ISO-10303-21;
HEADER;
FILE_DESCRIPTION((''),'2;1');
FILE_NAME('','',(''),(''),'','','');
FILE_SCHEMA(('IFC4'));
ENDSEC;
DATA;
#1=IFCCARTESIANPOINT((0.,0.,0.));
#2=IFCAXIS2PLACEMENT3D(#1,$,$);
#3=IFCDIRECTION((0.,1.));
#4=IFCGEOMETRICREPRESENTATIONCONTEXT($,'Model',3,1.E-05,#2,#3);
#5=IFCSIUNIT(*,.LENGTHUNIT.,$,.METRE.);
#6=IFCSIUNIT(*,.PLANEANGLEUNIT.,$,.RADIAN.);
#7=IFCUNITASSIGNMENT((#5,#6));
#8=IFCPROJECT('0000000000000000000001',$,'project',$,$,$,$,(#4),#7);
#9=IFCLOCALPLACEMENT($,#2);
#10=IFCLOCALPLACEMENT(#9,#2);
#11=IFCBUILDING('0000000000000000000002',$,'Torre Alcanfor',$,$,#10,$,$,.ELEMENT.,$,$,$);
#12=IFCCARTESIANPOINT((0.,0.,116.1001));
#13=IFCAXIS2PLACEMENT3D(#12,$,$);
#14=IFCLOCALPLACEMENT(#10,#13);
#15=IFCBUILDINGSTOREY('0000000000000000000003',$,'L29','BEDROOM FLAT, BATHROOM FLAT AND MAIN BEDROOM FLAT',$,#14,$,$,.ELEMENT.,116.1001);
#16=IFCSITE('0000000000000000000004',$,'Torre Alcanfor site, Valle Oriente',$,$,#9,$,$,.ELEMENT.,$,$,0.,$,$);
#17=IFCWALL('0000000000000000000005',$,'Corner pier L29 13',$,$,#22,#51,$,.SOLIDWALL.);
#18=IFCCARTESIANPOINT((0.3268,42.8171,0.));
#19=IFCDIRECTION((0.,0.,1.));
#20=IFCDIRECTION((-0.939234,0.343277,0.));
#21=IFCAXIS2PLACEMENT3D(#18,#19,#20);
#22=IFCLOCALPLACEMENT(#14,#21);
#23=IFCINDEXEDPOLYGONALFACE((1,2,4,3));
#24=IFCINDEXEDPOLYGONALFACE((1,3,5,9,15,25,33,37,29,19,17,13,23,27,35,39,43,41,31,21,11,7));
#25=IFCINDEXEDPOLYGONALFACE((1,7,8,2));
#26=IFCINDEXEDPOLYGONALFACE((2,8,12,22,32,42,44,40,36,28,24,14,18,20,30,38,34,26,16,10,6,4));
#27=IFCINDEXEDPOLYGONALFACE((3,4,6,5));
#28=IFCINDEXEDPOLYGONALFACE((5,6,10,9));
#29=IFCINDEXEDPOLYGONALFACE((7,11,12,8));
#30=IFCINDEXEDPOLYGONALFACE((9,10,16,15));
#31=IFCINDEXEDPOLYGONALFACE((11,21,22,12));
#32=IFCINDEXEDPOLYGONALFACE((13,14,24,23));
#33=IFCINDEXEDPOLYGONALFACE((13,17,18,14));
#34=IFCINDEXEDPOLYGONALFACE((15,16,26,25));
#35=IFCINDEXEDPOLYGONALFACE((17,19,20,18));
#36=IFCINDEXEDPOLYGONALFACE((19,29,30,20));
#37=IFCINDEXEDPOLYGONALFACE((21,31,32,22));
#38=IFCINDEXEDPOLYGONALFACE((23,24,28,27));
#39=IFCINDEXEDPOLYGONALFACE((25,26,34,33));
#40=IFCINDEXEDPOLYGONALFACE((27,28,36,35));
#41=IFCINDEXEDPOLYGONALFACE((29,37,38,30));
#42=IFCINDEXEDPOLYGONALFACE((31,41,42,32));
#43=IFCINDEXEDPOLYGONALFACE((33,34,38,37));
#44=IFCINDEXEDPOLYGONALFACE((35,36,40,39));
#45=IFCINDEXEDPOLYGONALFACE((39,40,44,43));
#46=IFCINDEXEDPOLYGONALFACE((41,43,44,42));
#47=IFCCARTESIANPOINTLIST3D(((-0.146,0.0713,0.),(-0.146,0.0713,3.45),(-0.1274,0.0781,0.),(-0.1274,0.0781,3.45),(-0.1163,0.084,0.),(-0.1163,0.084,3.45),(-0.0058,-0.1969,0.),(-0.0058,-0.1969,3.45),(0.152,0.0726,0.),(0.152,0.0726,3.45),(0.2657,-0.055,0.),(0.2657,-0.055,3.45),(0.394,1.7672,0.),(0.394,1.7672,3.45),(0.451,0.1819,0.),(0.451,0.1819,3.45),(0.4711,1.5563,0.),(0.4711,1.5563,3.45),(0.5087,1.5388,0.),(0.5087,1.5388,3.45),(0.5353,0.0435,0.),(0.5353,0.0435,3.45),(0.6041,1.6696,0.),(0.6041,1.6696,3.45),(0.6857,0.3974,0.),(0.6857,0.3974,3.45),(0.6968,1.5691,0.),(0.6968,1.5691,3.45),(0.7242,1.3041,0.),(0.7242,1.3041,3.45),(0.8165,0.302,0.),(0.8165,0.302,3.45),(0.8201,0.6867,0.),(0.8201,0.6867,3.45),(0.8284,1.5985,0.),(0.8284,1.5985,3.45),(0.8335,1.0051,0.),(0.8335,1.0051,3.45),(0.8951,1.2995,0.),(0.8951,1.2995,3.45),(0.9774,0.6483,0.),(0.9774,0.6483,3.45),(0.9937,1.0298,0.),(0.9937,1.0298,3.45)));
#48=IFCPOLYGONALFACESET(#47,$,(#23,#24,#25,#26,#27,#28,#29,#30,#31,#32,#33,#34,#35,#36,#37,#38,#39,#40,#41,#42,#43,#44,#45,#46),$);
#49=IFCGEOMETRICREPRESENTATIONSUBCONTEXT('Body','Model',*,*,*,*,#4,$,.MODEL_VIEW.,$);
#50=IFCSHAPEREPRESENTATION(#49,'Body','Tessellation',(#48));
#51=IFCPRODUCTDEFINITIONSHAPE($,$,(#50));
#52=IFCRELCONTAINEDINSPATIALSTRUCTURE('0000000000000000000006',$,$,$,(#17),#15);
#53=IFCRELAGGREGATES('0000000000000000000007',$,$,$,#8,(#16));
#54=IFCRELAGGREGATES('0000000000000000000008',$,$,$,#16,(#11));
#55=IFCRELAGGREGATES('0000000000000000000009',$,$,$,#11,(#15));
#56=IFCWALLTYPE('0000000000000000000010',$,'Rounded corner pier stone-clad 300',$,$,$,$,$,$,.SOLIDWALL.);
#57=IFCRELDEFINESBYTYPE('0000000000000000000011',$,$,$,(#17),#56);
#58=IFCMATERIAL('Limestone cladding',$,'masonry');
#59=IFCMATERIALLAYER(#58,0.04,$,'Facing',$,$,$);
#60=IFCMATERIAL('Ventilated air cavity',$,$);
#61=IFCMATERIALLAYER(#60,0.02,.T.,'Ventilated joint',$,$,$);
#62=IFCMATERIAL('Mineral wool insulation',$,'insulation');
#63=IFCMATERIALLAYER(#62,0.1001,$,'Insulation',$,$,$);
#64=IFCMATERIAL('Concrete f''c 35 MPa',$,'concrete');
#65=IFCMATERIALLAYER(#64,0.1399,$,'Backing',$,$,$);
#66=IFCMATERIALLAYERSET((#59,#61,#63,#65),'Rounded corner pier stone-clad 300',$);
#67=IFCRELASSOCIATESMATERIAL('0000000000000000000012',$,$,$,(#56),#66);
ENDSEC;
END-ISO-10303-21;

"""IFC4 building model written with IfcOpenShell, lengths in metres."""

from ifc_helpers import new_model, si_unit, direction, frame, origin, place, context, subcontext, project, spatial, polyline, outline, extrude, material, layer, layer_set, type_object, element, save


model = new_model("IFC4")

# Units and contexts
model_context = context("Model", 3, precision=1e-05, world=origin(), true_north=direction((0.0, 1.0)))
body_context = subcontext(model_context, "Body", "Model", "MODEL_VIEW")
ifc_project = project(units=[si_unit("LENGTHUNIT", "METRE"), si_unit("PLANEANGLEUNIT", "RADIAN")], contexts=[model_context])

# Site, building, storey
site_placement = place(None, origin())
site = spatial("IfcSite", under=ifc_project, at=site_placement, Name="Torre Alcanfor site, Valle Oriente", CompositionType="ELEMENT", RefElevation=0.0)
building_placement = place(site_placement, origin())
building = spatial("IfcBuilding", under=site, at=building_placement, Name="Torre Alcanfor", CompositionType="ELEMENT")
storey_placement = place(building_placement, frame((0.0, 0.0, 116.1001)))
storey = spatial("IfcBuildingStorey", under=building, at=storey_placement, Name="L29", Description="BEDROOM FLAT, BATHROOM FLAT AND MAIN BEDROOM FLAT", CompositionType="ELEMENT", Elevation=116.1001)

# Wall
ifc_material_1 = material(Name="Limestone cladding", Category="masonry")
ifc_layer_1 = layer(ifc_material_1, 0.04, Name="Facing")
ifc_material_2 = material(Name="Ventilated air cavity")
ifc_layer_2 = layer(ifc_material_2, 0.02, ventilated=True, Name="Ventilated joint")
ifc_material_3 = material(Name="Mineral wool insulation", Category="insulation")
ifc_layer_3 = layer(ifc_material_3, 0.1001, Name="Insulation")
ifc_material_4 = material(Name="Concrete f'c 35 MPa", Category="concrete")
ifc_layer_4 = layer(ifc_material_4, 0.1399, Name="Backing")
ifc_layer_set_1 = layer_set([ifc_layer_1, ifc_layer_2, ifc_layer_3, ifc_layer_4], Name="Rounded corner pier stone-clad 300")
wall_type_1 = type_object("IfcWallType", Name="Rounded corner pier stone-clad 300", PredefinedType="SOLIDWALL", material=ifc_layer_set_1)
wall_1_placement = place(storey_placement, frame((0.3268, 42.8171, 0.0), z_axis=(0.0, 0.0, 1.0), x_axis=(-0.939234, 0.343277, 0.0)))
element("IfcWall", 1, at=wall_1_placement, inside=storey, type_object=wall_type_1, Name="Corner pier L29 13", PredefinedType="SOLIDWALL", context=body_context, shape_type="SweptSolid", body=[
    extrude(outline(polyline([(-0.0058, -0.1969), (0.2657, -0.055), (0.5353, 0.0435), (0.8165, 0.302), (0.9774, 0.6483), (0.9937, 1.0298), (0.8951, 1.2995), (0.8284, 1.5985), (0.6968, 1.5691), (0.6041, 1.6696), (0.394, 1.7672), (0.4711, 1.5563), (0.5087, 1.5388), (0.7242, 1.3041), (0.8335, 1.0051), (0.8201, 0.6867), (0.6857, 0.3974), (0.451, 0.1819), (0.152, 0.0726), (-0.1163, 0.084), (-0.1274, 0.0781), (-0.146, 0.0713), (-0.0058, -0.1969)])), origin(), (0.0, 0.0, 1.0), 3.45),
])

save(model, "model.ifc")
